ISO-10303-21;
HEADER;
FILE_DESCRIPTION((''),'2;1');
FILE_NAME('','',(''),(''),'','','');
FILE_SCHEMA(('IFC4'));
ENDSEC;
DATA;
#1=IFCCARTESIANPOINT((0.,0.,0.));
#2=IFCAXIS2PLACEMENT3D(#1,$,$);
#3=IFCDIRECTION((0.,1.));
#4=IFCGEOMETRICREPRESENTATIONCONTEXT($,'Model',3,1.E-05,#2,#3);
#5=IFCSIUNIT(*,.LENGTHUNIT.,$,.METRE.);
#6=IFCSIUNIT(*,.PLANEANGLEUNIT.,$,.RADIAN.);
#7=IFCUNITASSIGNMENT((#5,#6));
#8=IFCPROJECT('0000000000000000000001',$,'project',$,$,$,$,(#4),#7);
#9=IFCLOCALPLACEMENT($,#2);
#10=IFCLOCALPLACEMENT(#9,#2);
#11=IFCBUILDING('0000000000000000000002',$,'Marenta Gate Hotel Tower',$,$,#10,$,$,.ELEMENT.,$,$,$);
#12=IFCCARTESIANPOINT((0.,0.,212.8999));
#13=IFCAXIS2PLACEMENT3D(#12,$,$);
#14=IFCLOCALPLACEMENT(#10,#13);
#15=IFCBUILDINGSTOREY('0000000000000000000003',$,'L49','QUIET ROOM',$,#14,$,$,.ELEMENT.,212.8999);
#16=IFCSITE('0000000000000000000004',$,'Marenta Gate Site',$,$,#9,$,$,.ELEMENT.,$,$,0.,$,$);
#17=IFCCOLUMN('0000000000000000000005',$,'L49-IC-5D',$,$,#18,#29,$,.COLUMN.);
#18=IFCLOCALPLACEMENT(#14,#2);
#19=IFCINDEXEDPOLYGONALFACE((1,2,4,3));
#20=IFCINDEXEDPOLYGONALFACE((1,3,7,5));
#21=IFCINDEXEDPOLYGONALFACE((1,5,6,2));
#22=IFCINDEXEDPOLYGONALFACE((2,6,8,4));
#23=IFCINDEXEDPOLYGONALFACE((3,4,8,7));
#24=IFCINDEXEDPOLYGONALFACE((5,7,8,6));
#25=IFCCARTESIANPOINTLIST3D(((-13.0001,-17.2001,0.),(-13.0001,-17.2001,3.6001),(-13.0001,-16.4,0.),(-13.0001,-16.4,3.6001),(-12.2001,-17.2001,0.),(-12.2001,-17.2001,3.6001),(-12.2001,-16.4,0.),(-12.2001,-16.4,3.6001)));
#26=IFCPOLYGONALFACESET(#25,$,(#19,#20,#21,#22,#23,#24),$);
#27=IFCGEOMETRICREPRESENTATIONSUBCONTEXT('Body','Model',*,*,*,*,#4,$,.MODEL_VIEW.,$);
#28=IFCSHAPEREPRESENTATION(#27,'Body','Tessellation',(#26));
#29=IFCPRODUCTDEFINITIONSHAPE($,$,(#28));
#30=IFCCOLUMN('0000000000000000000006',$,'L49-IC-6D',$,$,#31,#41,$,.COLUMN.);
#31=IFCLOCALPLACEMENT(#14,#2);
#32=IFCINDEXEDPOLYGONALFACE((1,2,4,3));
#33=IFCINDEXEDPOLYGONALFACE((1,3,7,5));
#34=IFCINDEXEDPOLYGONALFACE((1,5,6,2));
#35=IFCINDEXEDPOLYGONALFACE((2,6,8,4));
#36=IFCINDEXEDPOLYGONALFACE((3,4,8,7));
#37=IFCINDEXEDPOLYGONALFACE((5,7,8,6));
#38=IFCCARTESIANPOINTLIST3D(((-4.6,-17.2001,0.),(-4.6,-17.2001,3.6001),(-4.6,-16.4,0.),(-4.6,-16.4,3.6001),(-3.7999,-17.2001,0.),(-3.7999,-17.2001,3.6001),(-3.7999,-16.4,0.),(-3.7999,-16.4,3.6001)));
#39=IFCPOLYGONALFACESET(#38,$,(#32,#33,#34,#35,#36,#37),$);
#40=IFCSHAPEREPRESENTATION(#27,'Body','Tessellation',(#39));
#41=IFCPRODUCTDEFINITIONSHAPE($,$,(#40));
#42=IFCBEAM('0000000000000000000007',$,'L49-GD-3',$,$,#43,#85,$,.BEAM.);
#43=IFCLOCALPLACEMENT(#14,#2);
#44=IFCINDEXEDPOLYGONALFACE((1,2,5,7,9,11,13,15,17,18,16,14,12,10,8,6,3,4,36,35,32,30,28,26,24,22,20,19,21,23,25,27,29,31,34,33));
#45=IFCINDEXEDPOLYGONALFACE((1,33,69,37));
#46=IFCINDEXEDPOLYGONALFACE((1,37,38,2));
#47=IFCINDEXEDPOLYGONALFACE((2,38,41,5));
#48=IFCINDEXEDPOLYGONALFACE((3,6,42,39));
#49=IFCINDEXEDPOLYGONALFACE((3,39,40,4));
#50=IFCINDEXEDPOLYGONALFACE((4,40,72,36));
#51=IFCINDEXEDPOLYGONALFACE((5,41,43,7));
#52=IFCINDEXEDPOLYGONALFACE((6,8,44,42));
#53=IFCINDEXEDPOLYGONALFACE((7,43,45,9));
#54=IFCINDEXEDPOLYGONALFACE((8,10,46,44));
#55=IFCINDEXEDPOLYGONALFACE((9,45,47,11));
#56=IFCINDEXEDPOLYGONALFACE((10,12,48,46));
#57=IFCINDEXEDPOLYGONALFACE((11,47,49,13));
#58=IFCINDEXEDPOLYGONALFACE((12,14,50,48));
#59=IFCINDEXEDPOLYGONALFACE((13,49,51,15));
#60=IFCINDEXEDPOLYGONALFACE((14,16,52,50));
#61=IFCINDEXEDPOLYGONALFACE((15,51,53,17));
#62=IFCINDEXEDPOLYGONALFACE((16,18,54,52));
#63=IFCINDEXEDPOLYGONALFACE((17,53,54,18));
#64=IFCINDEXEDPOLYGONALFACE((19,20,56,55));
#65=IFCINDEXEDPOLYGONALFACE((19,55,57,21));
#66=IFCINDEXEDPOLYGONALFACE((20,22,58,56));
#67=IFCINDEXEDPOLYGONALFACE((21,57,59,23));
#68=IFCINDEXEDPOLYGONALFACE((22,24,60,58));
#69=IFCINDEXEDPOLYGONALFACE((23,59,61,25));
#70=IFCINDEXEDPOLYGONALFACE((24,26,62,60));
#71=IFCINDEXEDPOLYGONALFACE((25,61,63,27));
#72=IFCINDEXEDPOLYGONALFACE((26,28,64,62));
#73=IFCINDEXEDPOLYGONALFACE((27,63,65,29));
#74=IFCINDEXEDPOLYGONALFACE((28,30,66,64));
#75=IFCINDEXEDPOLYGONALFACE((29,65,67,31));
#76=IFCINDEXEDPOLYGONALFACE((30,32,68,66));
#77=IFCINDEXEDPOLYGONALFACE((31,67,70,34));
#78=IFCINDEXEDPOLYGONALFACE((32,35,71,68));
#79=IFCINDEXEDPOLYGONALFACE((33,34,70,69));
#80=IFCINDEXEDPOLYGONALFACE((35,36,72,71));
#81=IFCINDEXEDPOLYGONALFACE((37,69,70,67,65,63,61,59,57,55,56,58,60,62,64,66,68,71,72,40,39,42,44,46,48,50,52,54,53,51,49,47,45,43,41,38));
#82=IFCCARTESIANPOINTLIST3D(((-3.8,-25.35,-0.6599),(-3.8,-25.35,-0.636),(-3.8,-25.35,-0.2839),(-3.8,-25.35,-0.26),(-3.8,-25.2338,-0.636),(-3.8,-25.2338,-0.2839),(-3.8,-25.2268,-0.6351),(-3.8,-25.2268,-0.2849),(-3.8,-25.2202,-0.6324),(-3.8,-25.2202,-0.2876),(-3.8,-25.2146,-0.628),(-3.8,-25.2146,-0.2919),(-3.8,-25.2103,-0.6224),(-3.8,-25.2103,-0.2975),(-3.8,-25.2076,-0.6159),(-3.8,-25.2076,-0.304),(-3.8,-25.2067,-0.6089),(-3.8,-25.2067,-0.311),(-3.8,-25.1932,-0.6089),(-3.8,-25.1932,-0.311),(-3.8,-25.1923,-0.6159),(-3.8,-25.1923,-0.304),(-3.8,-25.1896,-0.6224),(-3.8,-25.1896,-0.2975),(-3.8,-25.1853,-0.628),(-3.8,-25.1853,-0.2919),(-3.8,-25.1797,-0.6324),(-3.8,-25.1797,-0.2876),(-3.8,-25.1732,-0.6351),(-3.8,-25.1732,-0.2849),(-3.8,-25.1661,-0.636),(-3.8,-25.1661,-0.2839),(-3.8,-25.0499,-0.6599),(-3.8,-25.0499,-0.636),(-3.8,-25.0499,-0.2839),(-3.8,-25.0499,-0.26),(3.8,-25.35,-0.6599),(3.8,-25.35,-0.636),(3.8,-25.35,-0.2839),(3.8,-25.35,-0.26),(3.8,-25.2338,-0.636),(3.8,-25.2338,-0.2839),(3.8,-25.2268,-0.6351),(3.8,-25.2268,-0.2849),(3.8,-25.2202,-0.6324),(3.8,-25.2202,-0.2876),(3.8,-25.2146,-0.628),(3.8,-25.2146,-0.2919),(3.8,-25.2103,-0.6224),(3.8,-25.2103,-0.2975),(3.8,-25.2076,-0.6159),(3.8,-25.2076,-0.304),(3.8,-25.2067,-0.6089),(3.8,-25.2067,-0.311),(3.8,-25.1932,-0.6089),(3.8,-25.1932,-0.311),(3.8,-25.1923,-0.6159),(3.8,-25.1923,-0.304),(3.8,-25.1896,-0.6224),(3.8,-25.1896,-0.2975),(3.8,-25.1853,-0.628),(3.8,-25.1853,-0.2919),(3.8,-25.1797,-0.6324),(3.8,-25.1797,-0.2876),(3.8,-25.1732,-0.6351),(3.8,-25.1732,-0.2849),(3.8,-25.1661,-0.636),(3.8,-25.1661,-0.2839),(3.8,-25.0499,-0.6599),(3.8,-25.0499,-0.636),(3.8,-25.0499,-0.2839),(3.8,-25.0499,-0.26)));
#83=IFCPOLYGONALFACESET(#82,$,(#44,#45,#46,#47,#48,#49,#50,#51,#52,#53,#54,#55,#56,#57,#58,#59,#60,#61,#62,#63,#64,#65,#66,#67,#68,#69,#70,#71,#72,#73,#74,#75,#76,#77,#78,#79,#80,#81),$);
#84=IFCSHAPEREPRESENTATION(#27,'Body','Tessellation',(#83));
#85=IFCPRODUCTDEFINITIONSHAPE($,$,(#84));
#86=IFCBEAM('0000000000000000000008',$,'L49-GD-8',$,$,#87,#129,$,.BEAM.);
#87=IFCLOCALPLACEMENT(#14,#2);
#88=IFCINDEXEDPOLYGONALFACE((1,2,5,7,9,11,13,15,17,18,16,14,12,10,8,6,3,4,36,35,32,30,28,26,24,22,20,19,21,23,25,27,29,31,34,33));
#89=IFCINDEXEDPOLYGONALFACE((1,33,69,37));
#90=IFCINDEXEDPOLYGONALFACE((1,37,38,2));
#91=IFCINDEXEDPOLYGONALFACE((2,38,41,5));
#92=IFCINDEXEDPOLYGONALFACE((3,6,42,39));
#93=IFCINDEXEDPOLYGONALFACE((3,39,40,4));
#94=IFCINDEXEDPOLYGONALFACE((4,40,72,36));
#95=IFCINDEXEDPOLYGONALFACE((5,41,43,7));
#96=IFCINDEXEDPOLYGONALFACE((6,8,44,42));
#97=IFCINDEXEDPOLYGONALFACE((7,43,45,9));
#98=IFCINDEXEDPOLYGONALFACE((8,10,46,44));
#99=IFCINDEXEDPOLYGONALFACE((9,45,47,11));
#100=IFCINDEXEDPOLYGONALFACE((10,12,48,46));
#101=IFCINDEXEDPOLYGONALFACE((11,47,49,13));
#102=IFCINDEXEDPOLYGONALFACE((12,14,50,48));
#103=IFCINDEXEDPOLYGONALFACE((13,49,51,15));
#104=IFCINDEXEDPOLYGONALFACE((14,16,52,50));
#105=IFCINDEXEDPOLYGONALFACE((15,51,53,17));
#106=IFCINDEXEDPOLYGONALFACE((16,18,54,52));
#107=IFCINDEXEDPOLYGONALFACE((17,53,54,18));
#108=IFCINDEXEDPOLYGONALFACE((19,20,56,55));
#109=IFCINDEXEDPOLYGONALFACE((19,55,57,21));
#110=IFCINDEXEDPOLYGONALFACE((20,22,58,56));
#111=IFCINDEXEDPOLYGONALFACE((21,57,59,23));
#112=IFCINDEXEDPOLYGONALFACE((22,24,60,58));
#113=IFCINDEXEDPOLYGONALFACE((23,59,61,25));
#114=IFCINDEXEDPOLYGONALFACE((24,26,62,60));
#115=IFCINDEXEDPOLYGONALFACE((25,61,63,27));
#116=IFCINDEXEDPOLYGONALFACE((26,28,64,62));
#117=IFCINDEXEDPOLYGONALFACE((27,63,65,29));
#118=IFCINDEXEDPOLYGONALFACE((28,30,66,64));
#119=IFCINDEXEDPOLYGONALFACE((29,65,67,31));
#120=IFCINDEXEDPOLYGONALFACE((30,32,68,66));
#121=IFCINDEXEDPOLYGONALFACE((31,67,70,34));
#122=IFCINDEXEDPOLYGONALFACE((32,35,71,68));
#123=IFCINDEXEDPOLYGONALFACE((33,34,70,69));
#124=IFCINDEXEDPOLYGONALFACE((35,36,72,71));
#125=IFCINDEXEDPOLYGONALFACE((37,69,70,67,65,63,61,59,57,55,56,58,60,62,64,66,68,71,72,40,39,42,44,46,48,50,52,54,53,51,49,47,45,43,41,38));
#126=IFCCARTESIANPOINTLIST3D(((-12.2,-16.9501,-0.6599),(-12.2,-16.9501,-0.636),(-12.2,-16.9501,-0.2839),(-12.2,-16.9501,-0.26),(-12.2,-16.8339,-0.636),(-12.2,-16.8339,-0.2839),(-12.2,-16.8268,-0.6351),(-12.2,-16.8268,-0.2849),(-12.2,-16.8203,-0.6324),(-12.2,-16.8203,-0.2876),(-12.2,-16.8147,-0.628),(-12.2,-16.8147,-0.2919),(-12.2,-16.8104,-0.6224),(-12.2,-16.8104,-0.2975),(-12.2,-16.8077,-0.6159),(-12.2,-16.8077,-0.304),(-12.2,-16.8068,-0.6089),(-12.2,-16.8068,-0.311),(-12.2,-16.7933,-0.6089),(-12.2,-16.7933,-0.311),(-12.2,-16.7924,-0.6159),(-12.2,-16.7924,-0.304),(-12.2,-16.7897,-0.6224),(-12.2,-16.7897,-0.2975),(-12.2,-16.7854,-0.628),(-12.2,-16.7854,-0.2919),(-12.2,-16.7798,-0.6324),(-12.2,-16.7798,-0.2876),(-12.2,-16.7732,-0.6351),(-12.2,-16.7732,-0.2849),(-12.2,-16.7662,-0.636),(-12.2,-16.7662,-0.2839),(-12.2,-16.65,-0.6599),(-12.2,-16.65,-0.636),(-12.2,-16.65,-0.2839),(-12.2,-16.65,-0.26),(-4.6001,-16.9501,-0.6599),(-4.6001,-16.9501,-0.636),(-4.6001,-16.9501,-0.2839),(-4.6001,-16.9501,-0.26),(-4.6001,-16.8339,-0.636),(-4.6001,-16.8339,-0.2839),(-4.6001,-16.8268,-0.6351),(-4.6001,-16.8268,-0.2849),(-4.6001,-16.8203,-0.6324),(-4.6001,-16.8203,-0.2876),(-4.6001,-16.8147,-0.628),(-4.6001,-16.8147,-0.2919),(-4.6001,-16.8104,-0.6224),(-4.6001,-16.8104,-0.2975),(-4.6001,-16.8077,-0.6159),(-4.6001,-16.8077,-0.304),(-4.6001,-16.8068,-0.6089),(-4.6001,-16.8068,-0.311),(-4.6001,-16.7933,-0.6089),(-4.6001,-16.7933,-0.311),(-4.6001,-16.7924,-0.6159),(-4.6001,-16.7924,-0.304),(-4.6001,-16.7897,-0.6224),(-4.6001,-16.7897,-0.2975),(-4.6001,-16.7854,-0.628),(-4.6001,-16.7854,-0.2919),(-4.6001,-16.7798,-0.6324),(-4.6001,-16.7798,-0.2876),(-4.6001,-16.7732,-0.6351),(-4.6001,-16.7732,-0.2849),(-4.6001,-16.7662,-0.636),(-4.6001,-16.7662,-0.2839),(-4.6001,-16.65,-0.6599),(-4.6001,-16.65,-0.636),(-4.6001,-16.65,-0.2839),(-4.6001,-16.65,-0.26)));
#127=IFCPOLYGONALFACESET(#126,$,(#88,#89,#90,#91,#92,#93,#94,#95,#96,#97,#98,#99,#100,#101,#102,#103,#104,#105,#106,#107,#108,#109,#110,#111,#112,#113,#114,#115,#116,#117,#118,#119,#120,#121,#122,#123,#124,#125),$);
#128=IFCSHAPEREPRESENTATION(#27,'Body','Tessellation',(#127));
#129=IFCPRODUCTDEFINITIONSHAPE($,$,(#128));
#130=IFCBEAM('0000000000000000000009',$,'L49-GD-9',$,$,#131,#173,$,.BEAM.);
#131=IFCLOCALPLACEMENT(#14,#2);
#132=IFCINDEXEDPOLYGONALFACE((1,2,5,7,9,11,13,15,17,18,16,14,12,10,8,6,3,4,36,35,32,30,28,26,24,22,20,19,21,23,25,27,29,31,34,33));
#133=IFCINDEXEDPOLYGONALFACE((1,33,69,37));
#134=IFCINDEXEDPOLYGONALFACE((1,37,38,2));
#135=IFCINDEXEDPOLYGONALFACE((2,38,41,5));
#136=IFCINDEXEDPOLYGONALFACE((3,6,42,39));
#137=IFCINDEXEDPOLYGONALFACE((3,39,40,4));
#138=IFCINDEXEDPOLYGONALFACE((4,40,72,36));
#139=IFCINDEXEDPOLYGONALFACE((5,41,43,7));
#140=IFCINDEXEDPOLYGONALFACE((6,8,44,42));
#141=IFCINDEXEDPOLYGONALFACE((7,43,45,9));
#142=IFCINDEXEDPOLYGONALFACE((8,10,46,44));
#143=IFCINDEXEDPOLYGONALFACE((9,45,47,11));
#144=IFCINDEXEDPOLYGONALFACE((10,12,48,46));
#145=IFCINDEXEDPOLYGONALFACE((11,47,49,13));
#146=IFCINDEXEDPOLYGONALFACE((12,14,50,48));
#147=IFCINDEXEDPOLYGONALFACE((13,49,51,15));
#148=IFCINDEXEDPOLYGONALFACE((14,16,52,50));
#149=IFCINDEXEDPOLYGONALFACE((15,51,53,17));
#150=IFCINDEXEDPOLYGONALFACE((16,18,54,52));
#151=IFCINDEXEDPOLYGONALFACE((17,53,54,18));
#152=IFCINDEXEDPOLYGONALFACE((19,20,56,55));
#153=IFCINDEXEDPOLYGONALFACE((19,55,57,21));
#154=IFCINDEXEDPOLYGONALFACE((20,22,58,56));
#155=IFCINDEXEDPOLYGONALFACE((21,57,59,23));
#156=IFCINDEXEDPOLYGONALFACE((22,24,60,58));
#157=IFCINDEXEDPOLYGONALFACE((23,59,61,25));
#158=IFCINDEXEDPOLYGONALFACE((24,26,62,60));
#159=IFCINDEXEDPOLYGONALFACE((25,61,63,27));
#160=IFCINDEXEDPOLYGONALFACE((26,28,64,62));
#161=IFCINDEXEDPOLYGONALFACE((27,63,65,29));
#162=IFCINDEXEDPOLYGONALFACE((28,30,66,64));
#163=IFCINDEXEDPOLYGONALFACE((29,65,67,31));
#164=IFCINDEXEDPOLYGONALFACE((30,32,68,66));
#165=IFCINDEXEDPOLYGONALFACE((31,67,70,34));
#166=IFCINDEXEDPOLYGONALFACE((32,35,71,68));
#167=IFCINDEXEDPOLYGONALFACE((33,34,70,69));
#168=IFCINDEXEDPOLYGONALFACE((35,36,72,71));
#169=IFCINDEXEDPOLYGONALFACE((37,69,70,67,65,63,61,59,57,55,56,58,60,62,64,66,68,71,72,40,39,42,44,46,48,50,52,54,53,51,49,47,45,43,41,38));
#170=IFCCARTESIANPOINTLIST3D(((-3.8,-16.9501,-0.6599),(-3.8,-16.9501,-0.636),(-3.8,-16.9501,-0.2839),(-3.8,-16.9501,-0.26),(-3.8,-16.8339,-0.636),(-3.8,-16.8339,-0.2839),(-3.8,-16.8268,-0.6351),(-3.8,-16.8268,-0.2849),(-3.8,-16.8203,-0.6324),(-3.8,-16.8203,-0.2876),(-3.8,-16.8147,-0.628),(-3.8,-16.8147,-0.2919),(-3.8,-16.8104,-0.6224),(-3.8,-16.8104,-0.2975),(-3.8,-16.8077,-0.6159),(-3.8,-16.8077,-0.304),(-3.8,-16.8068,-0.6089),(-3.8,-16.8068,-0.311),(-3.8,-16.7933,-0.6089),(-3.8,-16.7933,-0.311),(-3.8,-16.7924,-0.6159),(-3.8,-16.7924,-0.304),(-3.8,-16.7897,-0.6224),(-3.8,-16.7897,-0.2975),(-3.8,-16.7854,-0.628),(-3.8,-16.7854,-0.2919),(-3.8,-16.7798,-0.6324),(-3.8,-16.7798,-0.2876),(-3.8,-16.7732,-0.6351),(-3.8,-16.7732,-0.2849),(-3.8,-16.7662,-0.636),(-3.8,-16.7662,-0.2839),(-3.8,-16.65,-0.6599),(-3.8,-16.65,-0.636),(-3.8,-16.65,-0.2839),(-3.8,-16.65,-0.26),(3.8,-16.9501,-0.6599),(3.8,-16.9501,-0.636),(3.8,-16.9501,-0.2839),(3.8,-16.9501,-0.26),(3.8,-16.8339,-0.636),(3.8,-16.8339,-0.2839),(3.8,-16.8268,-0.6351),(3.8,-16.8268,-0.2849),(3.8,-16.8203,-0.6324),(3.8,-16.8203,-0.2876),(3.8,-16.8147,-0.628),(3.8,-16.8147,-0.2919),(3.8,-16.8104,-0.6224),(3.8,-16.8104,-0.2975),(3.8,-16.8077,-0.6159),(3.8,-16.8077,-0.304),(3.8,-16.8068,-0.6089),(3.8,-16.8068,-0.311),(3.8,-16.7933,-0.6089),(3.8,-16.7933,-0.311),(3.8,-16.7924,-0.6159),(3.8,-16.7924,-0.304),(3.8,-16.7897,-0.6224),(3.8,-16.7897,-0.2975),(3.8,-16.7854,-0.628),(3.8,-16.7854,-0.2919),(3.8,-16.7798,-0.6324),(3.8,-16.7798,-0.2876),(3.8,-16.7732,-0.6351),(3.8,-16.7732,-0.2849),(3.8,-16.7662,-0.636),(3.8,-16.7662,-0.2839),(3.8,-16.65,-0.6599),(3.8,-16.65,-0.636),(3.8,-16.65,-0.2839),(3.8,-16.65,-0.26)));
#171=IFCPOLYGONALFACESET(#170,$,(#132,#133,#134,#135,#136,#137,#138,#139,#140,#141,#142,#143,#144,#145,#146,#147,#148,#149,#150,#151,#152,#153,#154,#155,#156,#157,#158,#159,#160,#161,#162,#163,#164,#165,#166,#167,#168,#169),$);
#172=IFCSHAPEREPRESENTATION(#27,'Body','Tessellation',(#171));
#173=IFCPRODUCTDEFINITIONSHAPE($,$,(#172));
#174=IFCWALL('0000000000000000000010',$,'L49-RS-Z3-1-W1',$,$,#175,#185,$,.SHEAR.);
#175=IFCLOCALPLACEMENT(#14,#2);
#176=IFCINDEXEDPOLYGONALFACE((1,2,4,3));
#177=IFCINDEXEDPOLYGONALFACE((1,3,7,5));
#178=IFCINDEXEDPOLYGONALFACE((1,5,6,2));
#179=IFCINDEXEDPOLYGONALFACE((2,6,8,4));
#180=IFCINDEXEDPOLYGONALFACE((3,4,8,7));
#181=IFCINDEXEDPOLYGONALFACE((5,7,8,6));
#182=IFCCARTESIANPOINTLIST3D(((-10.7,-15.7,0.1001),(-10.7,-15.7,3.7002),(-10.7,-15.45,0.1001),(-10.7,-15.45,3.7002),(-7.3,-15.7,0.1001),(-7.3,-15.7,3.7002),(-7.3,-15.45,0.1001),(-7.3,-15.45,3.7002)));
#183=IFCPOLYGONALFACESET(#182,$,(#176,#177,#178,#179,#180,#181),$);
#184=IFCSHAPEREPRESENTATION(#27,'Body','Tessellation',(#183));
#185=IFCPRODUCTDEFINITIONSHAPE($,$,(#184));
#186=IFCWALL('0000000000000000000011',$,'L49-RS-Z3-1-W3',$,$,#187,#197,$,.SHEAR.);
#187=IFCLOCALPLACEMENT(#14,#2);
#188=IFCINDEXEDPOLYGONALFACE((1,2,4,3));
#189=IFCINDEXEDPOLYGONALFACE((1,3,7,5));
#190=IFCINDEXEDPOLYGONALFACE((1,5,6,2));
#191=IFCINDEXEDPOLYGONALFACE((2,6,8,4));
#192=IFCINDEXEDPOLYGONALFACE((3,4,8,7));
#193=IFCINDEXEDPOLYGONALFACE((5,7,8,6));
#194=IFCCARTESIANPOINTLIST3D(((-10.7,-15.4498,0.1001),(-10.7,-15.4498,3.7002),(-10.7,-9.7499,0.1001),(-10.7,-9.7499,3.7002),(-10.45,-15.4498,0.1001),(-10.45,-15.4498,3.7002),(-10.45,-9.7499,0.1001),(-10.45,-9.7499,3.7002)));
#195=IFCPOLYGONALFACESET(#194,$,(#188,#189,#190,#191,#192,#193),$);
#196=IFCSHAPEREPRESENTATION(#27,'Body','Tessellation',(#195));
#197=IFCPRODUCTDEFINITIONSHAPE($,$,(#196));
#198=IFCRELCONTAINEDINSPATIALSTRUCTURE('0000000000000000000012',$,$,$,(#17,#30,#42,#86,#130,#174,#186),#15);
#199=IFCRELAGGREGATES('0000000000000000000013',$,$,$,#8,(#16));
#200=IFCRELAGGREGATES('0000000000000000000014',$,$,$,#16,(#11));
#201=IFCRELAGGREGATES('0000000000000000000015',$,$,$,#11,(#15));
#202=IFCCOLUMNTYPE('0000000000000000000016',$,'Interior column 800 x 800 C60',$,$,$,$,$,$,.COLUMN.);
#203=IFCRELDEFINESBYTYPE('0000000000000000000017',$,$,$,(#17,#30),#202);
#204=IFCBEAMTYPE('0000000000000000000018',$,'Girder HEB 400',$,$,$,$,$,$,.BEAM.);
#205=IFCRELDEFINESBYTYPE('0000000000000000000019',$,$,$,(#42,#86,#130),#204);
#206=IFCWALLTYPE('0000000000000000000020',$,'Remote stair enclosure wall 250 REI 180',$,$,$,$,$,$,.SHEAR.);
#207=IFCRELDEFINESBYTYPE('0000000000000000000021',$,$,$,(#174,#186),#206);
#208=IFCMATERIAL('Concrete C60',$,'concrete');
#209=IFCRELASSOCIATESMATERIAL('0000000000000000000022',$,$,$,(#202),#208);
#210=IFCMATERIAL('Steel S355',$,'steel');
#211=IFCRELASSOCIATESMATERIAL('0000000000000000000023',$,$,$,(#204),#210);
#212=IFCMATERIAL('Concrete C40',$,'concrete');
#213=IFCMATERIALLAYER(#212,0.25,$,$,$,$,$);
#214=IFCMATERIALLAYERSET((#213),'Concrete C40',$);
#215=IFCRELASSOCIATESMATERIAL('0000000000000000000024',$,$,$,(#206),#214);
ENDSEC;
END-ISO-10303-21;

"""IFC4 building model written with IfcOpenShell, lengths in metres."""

from ifc_helpers import new_model, si_unit, direction, frame, frame_2d, origin, origin_2d, place, context, subcontext, project, spatial, rectangle, i_section, extrude, material, layer, layer_set, material_profile, profile_set, type_object, element, save


model = new_model("IFC4")

# Units and contexts
model_context = context("Model", 3, precision=1e-05, world=origin(), true_north=direction((0.0, 1.0)))
body_context = subcontext(model_context, "Body", "Model", "MODEL_VIEW")
ifc_project = project(units=[si_unit("LENGTHUNIT", "METRE"), si_unit("PLANEANGLEUNIT", "RADIAN")], contexts=[model_context])

# Site, building, storey
site_placement = place(None, origin())
site = spatial("IfcSite", under=ifc_project, at=site_placement, Name="Marenta Gate Site", CompositionType="ELEMENT", RefElevation=0.0)
building_placement = place(site_placement, origin())
building = spatial("IfcBuilding", under=site, at=building_placement, Name="Marenta Gate Hotel Tower", CompositionType="ELEMENT")
storey_placement = place(building_placement, frame((0.0, 0.0, 212.8999)))
storey = spatial("IfcBuildingStorey", under=building, at=storey_placement, Name="L49", Description="QUIET ROOM", CompositionType="ELEMENT", Elevation=212.8999)

# Columns
ifc_material_1 = material(Name="Concrete C60", Category="concrete")
ifc_material_profile_1 = material_profile(ifc_material_1, rectangle(XDim=0.8, YDim=0.8, at=origin_2d()), Name="800 x 800")
ifc_profile_set_1 = profile_set([ifc_material_profile_1], Name="Concrete C60")
column_type = type_object("IfcColumnType", Name="Interior column 800 x 800 C60", PredefinedType="COLUMN", material=ifc_profile_set_1)
for number, where, z_axis, x_axis, name in (
    (1, (-12.6001, -16.8, 0.0), (0.0, 0.0, 1.0), (1.0, 0.0, 0.0), "L49-IC-5D"),
    (2, (-4.2, -16.8, 0.0), (0.0, 0.0, 1.0), (1.0, 0.0, 0.0), "L49-IC-6D"),
):
    element("IfcColumn", number, at=place(storey_placement, frame(where, z_axis=z_axis, x_axis=x_axis)), inside=storey, type_object=column_type, Name=name, PredefinedType="COLUMN", context=body_context, shape_type="SweptSolid", body=[
        extrude(rectangle(XDim=0.8, YDim=0.8, at=origin_2d()), origin(), (0.0, 0.0, 1.0), 3.6001),
    ])

# Beams
ifc_material_2 = material(Name="Steel S355", Category="steel")
ifc_material_profile_2 = material_profile(ifc_material_2, i_section(OverallWidth=0.3, OverallDepth=0.3999, WebThickness=0.0134, FlangeThickness=0.0239, FilletRadius=0.0271, at=origin_2d()), Name="HEB 400")
ifc_profile_set_2 = profile_set([ifc_material_profile_2], Name="Steel S355")
beam_type = type_object("IfcBeamType", Name="Girder HEB 400", PredefinedType="BEAM", material=ifc_profile_set_2)
beam_1_placement = place(storey_placement, frame((-3.8, -25.2, -0.46), z_axis=(1.0, 0.0, 0.0), x_axis=(0.0, 1.0, 0.0)))
element("IfcBeam", 3, at=beam_1_placement, inside=storey, type_object=beam_type, Name="L49-GD-3", PredefinedType="BEAM", context=body_context, shape_type="SweptSolid", body=[
    extrude(i_section(OverallWidth=0.3, OverallDepth=0.3999, WebThickness=0.0134, FlangeThickness=0.0239, FilletRadius=0.0271, at=origin_2d()), origin(), (0.0, 0.0, 1.0), 7.6001),
])
beam_2_placement = place(storey_placement, frame((-12.2, -16.8, -0.46), z_axis=(1.0, 0.0, 0.0), x_axis=(0.0, 1.0, 0.0)))
element("IfcBeam", 4, at=beam_2_placement, inside=storey, type_object=beam_type, Name="L49-GD-8", PredefinedType="BEAM", context=body_context, shape_type="SweptSolid", body=[
    extrude(i_section(OverallWidth=0.3, OverallDepth=0.3999, WebThickness=0.0134, FlangeThickness=0.0239, FilletRadius=0.0271, at=origin_2d()), origin(), (0.0, 0.0, 1.0), 7.5999),
])
beam_3_placement = place(storey_placement, frame((-3.8, -16.8, -0.46), z_axis=(1.0, 0.0, 0.0), x_axis=(0.0, 1.0, 0.0)))
element("IfcBeam", 5, at=beam_3_placement, inside=storey, type_object=beam_type, Name="L49-GD-9", PredefinedType="BEAM", context=body_context, shape_type="SweptSolid", body=[
    extrude(i_section(OverallWidth=0.3, OverallDepth=0.3999, WebThickness=0.0134, FlangeThickness=0.0239, FilletRadius=0.0271, at=origin_2d()), origin(), (0.0, 0.0, 1.0), 7.6001),
])

# Walls
ifc_material_3 = material(Name="Concrete C40", Category="concrete")
ifc_layer_1 = layer(ifc_material_3, 0.25)
ifc_layer_set_1 = layer_set([ifc_layer_1], Name="Concrete C40")
wall_type_1 = type_object("IfcWallType", Name="Remote stair enclosure wall 250 REI 180", PredefinedType="SHEAR", material=ifc_layer_set_1)
wall_1_placement = place(storey_placement, frame((-10.7, -15.575, 0.1001), z_axis=(0.0, 0.0, 1.0), x_axis=(1.0, 0.0, 0.0)))
element("IfcWall", 6, at=wall_1_placement, inside=storey, type_object=wall_type_1, Name="L49-RS-Z3-1-W1", PredefinedType="SHEAR", context=body_context, shape_type="SweptSolid", body=[
    extrude(rectangle(XDim=3.3999, YDim=0.25, at=frame_2d((1.7, 0.0))), origin(), (0.0, 0.0, 1.0), 3.6001),
])
for number, where, z_axis, x_axis, name in (
    (7, (-10.575, -15.45, 0.1001), (0.0, 0.0, 1.0), (0.0, 1.0, 0.0), "L49-RS-Z3-1-W3"),
):
    element("IfcWall", number, at=place(storey_placement, frame(where, z_axis=z_axis, x_axis=x_axis)), inside=storey, type_object=wall_type_1, Name=name, PredefinedType="SHEAR", context=body_context, shape_type="SweptSolid", body=[
        extrude(rectangle(XDim=5.7, YDim=0.25, at=frame_2d((2.8501, 0.0))), origin(), (0.0, 0.0, 1.0), 3.6001),
    ])

save(model, "model.ifc")
